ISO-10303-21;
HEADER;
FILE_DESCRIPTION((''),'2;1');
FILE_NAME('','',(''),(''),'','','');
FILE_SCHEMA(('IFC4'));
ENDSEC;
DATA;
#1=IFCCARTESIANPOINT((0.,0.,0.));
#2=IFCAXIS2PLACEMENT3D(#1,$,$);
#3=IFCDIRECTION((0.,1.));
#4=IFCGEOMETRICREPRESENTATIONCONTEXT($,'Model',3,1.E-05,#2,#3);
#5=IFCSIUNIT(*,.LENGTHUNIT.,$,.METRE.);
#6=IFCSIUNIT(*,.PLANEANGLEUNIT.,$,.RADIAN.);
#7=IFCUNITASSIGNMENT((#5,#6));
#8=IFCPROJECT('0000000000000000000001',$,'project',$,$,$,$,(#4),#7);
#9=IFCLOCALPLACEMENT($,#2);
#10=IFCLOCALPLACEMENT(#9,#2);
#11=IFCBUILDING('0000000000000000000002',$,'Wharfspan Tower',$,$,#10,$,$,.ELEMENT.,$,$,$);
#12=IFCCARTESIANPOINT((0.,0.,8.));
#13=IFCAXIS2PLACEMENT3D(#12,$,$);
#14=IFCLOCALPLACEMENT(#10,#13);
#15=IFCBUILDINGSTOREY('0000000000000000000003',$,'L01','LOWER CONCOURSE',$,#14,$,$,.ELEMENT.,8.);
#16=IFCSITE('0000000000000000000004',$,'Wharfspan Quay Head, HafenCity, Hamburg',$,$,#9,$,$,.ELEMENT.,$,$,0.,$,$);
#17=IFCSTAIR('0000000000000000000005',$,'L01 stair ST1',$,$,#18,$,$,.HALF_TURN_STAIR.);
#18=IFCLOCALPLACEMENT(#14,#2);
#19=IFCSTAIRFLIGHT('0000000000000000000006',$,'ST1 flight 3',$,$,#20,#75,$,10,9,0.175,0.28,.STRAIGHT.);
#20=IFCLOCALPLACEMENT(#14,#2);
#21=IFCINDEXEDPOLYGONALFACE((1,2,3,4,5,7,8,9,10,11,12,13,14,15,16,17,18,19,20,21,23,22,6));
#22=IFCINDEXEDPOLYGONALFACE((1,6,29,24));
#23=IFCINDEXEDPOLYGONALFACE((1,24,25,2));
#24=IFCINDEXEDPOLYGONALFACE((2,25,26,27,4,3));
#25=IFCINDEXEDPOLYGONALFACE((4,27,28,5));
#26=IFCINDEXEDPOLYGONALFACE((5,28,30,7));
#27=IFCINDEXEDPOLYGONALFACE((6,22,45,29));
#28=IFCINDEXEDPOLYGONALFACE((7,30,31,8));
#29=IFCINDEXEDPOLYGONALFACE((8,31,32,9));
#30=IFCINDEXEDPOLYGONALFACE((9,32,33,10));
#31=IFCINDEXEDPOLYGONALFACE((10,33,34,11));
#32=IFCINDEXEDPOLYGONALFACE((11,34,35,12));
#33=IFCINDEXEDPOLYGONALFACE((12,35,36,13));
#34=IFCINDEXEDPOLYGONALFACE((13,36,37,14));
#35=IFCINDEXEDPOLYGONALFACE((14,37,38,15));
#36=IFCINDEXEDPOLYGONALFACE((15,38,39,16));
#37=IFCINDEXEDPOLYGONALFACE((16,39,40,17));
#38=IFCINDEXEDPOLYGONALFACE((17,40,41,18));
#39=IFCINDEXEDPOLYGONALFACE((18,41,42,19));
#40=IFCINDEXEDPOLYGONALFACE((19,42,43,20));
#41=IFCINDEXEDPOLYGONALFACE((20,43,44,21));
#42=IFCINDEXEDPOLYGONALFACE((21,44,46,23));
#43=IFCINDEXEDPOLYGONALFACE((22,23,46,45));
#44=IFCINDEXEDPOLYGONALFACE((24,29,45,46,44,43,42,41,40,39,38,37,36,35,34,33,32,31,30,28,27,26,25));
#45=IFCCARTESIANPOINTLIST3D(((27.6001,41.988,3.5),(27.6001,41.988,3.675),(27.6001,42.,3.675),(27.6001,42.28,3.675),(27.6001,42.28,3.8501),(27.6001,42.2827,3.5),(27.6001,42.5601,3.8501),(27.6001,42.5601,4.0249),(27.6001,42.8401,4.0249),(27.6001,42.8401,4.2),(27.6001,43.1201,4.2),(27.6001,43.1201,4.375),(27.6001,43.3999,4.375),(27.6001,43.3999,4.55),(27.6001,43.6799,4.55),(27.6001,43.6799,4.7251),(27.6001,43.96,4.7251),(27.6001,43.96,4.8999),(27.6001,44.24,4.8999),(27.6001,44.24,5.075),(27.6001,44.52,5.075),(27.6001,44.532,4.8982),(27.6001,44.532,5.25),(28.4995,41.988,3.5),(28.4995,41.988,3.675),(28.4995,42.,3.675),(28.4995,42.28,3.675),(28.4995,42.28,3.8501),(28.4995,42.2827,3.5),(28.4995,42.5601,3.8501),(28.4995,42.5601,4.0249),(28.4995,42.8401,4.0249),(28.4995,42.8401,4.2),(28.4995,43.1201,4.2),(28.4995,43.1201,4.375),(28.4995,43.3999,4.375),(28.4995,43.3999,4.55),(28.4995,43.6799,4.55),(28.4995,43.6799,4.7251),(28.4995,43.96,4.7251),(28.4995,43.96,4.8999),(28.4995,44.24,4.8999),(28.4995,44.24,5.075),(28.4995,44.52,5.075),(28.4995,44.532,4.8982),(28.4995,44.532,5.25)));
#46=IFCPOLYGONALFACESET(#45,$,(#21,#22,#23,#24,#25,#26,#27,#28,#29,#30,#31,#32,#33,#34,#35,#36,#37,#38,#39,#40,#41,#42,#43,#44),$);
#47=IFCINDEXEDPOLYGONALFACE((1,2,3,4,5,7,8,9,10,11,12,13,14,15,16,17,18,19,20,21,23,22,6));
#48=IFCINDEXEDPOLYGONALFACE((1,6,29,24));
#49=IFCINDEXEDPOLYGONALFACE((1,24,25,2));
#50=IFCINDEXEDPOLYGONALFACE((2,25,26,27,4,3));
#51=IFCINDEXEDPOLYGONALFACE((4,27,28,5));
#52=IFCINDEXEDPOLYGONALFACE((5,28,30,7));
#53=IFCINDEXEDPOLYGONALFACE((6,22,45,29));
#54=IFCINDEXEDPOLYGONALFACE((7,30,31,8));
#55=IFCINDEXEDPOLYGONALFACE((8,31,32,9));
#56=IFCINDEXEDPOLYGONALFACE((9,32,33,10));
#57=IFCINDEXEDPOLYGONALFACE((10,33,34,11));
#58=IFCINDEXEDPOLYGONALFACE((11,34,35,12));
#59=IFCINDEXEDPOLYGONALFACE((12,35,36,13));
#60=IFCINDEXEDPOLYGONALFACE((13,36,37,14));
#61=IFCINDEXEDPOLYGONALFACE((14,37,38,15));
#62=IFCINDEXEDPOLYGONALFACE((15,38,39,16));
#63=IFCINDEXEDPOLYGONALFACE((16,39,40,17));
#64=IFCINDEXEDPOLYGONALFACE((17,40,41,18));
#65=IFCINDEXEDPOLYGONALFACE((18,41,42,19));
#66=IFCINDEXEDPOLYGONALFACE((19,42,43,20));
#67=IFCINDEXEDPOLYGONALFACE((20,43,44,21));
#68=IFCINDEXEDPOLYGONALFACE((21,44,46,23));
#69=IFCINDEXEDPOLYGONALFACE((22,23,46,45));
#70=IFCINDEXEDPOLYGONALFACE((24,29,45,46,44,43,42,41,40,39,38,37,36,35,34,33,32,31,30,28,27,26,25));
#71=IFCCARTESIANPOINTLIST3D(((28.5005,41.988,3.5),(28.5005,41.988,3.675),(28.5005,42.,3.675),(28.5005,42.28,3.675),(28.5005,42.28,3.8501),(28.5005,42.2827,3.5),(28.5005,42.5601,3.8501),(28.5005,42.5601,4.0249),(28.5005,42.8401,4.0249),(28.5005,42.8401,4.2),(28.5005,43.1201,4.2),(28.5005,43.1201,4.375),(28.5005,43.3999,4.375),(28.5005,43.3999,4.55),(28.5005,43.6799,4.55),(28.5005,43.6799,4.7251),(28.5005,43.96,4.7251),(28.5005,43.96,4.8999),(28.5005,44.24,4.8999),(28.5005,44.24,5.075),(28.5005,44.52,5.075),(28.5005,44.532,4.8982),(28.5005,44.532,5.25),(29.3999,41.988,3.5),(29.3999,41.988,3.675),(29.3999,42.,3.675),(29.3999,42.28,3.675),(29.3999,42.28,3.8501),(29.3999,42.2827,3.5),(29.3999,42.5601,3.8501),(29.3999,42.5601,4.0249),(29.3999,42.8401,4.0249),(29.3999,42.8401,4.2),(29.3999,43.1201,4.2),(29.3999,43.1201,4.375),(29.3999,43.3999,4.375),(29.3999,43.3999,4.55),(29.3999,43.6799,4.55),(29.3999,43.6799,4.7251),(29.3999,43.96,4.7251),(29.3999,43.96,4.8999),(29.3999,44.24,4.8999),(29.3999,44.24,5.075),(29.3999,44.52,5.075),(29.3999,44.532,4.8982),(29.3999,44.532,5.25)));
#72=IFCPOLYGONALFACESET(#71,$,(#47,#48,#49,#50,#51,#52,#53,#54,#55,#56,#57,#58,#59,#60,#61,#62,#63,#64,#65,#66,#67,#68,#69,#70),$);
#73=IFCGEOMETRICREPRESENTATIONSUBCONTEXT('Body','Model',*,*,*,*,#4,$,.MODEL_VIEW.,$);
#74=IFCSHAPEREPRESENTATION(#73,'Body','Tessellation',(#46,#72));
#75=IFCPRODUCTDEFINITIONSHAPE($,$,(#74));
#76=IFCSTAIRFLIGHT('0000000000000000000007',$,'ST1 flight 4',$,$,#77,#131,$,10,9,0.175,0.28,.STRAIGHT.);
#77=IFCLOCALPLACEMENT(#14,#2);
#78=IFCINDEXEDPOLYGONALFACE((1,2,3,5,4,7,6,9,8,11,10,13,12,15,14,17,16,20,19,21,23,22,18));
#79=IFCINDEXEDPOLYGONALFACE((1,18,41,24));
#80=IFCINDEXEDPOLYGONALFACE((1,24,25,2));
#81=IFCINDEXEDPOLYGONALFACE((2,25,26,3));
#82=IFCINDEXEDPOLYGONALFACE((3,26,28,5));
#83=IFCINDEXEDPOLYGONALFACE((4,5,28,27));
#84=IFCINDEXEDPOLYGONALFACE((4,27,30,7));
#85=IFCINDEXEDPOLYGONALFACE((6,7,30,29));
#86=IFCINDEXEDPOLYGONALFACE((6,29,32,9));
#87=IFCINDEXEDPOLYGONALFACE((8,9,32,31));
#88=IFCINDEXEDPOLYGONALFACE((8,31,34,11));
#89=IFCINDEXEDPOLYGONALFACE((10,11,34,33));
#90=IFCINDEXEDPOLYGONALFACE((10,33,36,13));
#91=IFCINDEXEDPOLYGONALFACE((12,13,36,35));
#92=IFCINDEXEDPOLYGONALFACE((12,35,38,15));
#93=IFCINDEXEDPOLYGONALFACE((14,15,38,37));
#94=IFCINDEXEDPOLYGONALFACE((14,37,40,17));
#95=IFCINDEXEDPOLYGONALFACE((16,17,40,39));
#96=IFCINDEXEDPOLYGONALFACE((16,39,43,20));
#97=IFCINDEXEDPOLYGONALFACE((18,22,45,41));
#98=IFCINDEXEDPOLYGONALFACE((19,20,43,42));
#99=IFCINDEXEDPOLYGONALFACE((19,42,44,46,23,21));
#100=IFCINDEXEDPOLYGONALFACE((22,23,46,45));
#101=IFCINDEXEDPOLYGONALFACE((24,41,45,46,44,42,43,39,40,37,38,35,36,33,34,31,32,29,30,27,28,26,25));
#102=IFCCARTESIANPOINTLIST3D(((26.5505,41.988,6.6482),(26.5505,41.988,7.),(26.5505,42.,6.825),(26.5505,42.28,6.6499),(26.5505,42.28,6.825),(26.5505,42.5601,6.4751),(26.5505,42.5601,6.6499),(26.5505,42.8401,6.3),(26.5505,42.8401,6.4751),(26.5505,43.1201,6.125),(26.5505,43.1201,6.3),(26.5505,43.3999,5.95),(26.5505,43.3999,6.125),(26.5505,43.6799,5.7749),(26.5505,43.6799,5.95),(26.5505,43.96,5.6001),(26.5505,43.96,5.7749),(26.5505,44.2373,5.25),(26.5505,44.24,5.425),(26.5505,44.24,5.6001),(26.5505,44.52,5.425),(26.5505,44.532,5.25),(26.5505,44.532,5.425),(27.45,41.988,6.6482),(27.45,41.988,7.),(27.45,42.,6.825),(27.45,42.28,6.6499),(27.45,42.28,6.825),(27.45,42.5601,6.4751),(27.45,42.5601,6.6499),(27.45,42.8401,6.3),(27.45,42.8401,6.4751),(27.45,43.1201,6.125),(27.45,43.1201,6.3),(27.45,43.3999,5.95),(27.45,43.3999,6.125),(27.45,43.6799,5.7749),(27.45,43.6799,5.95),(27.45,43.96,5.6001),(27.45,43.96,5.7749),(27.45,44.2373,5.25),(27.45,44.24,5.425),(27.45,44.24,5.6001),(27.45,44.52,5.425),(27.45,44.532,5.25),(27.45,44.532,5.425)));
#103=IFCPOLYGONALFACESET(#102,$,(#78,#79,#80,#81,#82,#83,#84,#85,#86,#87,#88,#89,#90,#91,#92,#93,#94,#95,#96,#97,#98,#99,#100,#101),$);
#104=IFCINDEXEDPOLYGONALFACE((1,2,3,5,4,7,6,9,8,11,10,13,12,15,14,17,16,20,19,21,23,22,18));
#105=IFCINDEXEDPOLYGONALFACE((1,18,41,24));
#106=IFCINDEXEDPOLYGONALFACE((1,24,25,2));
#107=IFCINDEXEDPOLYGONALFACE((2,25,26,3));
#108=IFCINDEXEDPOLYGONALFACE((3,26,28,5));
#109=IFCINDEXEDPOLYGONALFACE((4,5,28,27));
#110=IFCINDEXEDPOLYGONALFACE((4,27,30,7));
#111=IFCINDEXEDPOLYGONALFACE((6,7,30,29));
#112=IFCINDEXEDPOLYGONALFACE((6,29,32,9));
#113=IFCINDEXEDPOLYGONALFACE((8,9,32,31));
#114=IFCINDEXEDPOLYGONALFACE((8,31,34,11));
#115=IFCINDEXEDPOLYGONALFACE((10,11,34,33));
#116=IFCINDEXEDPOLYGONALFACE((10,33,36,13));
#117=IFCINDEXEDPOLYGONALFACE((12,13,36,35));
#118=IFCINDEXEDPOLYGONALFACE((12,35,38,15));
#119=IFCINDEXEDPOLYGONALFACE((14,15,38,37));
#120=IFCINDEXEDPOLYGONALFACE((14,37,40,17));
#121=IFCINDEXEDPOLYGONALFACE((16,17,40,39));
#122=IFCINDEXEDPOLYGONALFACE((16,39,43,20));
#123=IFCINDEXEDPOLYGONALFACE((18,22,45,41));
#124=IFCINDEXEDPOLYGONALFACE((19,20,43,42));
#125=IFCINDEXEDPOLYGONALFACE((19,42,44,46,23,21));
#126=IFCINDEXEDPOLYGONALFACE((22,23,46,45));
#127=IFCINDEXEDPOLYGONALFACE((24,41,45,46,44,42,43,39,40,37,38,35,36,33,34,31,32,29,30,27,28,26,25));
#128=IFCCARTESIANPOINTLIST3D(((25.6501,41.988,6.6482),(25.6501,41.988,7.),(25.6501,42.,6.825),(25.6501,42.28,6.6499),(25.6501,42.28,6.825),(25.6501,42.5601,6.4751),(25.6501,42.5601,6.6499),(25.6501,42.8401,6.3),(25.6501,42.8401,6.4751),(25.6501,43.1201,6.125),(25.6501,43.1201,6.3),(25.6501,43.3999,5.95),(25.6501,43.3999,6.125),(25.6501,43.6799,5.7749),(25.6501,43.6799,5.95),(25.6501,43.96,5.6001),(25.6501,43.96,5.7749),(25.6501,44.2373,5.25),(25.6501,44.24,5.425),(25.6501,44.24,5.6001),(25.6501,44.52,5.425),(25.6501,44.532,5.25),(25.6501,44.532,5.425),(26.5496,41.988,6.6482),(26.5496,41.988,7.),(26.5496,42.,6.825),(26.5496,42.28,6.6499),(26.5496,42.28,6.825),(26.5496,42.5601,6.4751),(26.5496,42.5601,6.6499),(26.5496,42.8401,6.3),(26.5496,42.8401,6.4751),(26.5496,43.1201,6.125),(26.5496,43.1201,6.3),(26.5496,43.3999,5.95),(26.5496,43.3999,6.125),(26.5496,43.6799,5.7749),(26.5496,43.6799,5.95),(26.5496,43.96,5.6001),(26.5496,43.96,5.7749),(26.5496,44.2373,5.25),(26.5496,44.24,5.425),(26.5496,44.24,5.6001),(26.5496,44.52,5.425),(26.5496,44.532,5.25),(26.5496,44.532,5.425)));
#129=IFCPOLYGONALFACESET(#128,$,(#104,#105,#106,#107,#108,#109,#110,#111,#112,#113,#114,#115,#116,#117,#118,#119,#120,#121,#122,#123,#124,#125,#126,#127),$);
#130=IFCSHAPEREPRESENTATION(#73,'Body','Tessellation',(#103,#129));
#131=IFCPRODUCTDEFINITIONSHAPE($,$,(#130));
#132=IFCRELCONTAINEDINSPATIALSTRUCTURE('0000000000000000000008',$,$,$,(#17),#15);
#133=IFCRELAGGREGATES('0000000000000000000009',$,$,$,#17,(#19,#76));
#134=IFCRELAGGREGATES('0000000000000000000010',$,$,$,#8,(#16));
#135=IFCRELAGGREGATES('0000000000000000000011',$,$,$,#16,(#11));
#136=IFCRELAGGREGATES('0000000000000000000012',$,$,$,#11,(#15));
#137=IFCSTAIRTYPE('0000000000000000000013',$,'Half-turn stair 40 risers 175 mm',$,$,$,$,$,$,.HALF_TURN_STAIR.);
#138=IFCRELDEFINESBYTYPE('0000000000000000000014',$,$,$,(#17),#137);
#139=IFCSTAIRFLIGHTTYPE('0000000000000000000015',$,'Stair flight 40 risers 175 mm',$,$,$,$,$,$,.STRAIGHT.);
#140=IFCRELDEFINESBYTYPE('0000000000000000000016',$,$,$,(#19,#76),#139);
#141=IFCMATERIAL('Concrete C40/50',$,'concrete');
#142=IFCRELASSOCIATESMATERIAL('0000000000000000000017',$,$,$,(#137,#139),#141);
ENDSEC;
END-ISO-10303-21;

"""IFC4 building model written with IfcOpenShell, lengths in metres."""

from ifc_helpers import new_model, si_unit, direction, frame, origin, place, context, subcontext, project, spatial, polyline, outline, extrude, material, type_object, element, aggregate, save


model = new_model("IFC4")

# Units and contexts
model_context = context("Model", 3, precision=1e-05, world=origin(), true_north=direction((0.0, 1.0)))
body_context = subcontext(model_context, "Body", "Model", "MODEL_VIEW")
ifc_project = project(units=[si_unit("LENGTHUNIT", "METRE"), si_unit("PLANEANGLEUNIT", "RADIAN")], contexts=[model_context])

# Site, building, storey
site_placement = place(None, origin())
site = spatial("IfcSite", under=ifc_project, at=site_placement, Name="Wharfspan Quay Head, HafenCity, Hamburg", CompositionType="ELEMENT", RefElevation=0.0)
building_placement = place(site_placement, origin())
building = spatial("IfcBuilding", under=site, at=building_placement, Name="Wharfspan Tower", CompositionType="ELEMENT")
storey_placement = place(building_placement, frame((0.0, 0.0, 8.0)))
storey = spatial("IfcBuildingStorey", under=building, at=storey_placement, Name="L01", Description="LOWER CONCOURSE", CompositionType="ELEMENT", Elevation=8.0)

# Shared definitions
ifc_material_1 = material(Name="Concrete C40/50", Category="concrete")

# Stair, stair flights
stair_type = type_object("IfcStairType", Name="Half-turn stair 40 risers 175 mm", PredefinedType="HALF_TURN_STAIR", material=ifc_material_1)
stair_placement = place(storey_placement, origin())
stair = element("IfcStair", 1, at=stair_placement, inside=storey, type_object=stair_type, Name="L01 stair ST1", PredefinedType="HALF_TURN_STAIR")
stair_flight_type = type_object("IfcStairFlightType", Name="Stair flight 40 risers 175 mm", PredefinedType="STRAIGHT", material=ifc_material_1)
stair_flight_1_placement = place(storey_placement, frame((28.5, 42.0, 3.5), z_axis=(0.0, 0.0, 1.0), x_axis=(0.0, 1.0, 0.0)))
stair_flight_1 = element("IfcStairFlight", 2, at=stair_flight_1_placement, type_object=stair_flight_type, Name="ST1 flight 3", NumberOfRisers=10, NumberOfTreads=9, PredefinedType="STRAIGHT", RiserHeight=0.175, TreadLength=0.28, context=body_context, shape_type="SweptSolid", body=[
    extrude(outline(polyline([(-0.012, 0.0), (-0.012, 0.175), (0.0, 0.175), (0.28, 0.175), (0.28, 0.3501), (0.5601, 0.3501), (0.5601, 0.5249), (0.8401, 0.5249), (0.8401, 0.7), (1.1201, 0.7), (1.1201, 0.875), (1.3999, 0.875), (1.3999, 1.05), (1.6799, 1.05), (1.6799, 1.2251), (1.96, 1.2251), (1.96, 1.3999), (2.24, 1.3999), (2.24, 1.575), (2.52, 1.575), (2.532, 1.75), (2.532, 1.3982), (0.2827, 0.0), (-0.012, 0.0)])), frame((0.0, 0.8999, 0.0), z_axis=(0.0, -1.0, 0.0), x_axis=(1.0, 0.0, 0.0)), (0.0, 0.0, 1.0), 0.8994),
    extrude(outline(polyline([(-0.012, 0.0), (-0.012, 0.175), (0.0, 0.175), (0.28, 0.175), (0.28, 0.3501), (0.5601, 0.3501), (0.5601, 0.5249), (0.8401, 0.5249), (0.8401, 0.7), (1.1201, 0.7), (1.1201, 0.875), (1.3999, 0.875), (1.3999, 1.05), (1.6799, 1.05), (1.6799, 1.2251), (1.96, 1.2251), (1.96, 1.3999), (2.24, 1.3999), (2.24, 1.575), (2.52, 1.575), (2.532, 1.75), (2.532, 1.3982), (0.2827, 0.0), (-0.012, 0.0)])), frame((0.0, -0.0005, 0.0), z_axis=(0.0, -1.0, 0.0), x_axis=(1.0, 0.0, 0.0)), (0.0, 0.0, 1.0), 0.8994),
])
stair_flight_2_placement = place(storey_placement, frame((26.55, 44.52, 5.25), z_axis=(0.0, 0.0, 1.0), x_axis=(0.0, -1.0, 0.0)))
stair_flight_2 = element("IfcStairFlight", 3, at=stair_flight_2_placement, type_object=stair_flight_type, Name="ST1 flight 4", NumberOfRisers=10, NumberOfTreads=9, PredefinedType="STRAIGHT", RiserHeight=0.175, TreadLength=0.28, context=body_context, shape_type="SweptSolid", body=[
    extrude(outline(polyline([(-0.012, 0.0), (-0.012, 0.175), (0.0, 0.175), (0.28, 0.175), (0.28, 0.3501), (0.5601, 0.3501), (0.5601, 0.5249), (0.8401, 0.5249), (0.8401, 0.7), (1.1201, 0.7), (1.1201, 0.875), (1.3999, 0.875), (1.3999, 1.05), (1.6799, 1.05), (1.6799, 1.2251), (1.96, 1.2251), (1.96, 1.3999), (2.24, 1.3999), (2.24, 1.575), (2.52, 1.575), (2.532, 1.75), (2.532, 1.3982), (0.2827, 0.0), (-0.012, 0.0)])), frame((0.0, 0.8999, 0.0), z_axis=(0.0, -1.0, 0.0), x_axis=(1.0, 0.0, 0.0)), (0.0, 0.0, 1.0), 0.8994),
    extrude(outline(polyline([(-0.012, 0.0), (-0.012, 0.175), (0.0, 0.175), (0.28, 0.175), (0.28, 0.3501), (0.5601, 0.3501), (0.5601, 0.5249), (0.8401, 0.5249), (0.8401, 0.7), (1.1201, 0.7), (1.1201, 0.875), (1.3999, 0.875), (1.3999, 1.05), (1.6799, 1.05), (1.6799, 1.2251), (1.96, 1.2251), (1.96, 1.3999), (2.24, 1.3999), (2.24, 1.575), (2.52, 1.575), (2.532, 1.75), (2.532, 1.3982), (0.2827, 0.0), (-0.012, 0.0)])), frame((0.0, -0.0005, 0.0), z_axis=(0.0, -1.0, 0.0), x_axis=(1.0, 0.0, 0.0)), (0.0, 0.0, 1.0), 0.8994),
])
aggregate(stair, [stair_flight_1, stair_flight_2])

save(model, "model.ifc")
